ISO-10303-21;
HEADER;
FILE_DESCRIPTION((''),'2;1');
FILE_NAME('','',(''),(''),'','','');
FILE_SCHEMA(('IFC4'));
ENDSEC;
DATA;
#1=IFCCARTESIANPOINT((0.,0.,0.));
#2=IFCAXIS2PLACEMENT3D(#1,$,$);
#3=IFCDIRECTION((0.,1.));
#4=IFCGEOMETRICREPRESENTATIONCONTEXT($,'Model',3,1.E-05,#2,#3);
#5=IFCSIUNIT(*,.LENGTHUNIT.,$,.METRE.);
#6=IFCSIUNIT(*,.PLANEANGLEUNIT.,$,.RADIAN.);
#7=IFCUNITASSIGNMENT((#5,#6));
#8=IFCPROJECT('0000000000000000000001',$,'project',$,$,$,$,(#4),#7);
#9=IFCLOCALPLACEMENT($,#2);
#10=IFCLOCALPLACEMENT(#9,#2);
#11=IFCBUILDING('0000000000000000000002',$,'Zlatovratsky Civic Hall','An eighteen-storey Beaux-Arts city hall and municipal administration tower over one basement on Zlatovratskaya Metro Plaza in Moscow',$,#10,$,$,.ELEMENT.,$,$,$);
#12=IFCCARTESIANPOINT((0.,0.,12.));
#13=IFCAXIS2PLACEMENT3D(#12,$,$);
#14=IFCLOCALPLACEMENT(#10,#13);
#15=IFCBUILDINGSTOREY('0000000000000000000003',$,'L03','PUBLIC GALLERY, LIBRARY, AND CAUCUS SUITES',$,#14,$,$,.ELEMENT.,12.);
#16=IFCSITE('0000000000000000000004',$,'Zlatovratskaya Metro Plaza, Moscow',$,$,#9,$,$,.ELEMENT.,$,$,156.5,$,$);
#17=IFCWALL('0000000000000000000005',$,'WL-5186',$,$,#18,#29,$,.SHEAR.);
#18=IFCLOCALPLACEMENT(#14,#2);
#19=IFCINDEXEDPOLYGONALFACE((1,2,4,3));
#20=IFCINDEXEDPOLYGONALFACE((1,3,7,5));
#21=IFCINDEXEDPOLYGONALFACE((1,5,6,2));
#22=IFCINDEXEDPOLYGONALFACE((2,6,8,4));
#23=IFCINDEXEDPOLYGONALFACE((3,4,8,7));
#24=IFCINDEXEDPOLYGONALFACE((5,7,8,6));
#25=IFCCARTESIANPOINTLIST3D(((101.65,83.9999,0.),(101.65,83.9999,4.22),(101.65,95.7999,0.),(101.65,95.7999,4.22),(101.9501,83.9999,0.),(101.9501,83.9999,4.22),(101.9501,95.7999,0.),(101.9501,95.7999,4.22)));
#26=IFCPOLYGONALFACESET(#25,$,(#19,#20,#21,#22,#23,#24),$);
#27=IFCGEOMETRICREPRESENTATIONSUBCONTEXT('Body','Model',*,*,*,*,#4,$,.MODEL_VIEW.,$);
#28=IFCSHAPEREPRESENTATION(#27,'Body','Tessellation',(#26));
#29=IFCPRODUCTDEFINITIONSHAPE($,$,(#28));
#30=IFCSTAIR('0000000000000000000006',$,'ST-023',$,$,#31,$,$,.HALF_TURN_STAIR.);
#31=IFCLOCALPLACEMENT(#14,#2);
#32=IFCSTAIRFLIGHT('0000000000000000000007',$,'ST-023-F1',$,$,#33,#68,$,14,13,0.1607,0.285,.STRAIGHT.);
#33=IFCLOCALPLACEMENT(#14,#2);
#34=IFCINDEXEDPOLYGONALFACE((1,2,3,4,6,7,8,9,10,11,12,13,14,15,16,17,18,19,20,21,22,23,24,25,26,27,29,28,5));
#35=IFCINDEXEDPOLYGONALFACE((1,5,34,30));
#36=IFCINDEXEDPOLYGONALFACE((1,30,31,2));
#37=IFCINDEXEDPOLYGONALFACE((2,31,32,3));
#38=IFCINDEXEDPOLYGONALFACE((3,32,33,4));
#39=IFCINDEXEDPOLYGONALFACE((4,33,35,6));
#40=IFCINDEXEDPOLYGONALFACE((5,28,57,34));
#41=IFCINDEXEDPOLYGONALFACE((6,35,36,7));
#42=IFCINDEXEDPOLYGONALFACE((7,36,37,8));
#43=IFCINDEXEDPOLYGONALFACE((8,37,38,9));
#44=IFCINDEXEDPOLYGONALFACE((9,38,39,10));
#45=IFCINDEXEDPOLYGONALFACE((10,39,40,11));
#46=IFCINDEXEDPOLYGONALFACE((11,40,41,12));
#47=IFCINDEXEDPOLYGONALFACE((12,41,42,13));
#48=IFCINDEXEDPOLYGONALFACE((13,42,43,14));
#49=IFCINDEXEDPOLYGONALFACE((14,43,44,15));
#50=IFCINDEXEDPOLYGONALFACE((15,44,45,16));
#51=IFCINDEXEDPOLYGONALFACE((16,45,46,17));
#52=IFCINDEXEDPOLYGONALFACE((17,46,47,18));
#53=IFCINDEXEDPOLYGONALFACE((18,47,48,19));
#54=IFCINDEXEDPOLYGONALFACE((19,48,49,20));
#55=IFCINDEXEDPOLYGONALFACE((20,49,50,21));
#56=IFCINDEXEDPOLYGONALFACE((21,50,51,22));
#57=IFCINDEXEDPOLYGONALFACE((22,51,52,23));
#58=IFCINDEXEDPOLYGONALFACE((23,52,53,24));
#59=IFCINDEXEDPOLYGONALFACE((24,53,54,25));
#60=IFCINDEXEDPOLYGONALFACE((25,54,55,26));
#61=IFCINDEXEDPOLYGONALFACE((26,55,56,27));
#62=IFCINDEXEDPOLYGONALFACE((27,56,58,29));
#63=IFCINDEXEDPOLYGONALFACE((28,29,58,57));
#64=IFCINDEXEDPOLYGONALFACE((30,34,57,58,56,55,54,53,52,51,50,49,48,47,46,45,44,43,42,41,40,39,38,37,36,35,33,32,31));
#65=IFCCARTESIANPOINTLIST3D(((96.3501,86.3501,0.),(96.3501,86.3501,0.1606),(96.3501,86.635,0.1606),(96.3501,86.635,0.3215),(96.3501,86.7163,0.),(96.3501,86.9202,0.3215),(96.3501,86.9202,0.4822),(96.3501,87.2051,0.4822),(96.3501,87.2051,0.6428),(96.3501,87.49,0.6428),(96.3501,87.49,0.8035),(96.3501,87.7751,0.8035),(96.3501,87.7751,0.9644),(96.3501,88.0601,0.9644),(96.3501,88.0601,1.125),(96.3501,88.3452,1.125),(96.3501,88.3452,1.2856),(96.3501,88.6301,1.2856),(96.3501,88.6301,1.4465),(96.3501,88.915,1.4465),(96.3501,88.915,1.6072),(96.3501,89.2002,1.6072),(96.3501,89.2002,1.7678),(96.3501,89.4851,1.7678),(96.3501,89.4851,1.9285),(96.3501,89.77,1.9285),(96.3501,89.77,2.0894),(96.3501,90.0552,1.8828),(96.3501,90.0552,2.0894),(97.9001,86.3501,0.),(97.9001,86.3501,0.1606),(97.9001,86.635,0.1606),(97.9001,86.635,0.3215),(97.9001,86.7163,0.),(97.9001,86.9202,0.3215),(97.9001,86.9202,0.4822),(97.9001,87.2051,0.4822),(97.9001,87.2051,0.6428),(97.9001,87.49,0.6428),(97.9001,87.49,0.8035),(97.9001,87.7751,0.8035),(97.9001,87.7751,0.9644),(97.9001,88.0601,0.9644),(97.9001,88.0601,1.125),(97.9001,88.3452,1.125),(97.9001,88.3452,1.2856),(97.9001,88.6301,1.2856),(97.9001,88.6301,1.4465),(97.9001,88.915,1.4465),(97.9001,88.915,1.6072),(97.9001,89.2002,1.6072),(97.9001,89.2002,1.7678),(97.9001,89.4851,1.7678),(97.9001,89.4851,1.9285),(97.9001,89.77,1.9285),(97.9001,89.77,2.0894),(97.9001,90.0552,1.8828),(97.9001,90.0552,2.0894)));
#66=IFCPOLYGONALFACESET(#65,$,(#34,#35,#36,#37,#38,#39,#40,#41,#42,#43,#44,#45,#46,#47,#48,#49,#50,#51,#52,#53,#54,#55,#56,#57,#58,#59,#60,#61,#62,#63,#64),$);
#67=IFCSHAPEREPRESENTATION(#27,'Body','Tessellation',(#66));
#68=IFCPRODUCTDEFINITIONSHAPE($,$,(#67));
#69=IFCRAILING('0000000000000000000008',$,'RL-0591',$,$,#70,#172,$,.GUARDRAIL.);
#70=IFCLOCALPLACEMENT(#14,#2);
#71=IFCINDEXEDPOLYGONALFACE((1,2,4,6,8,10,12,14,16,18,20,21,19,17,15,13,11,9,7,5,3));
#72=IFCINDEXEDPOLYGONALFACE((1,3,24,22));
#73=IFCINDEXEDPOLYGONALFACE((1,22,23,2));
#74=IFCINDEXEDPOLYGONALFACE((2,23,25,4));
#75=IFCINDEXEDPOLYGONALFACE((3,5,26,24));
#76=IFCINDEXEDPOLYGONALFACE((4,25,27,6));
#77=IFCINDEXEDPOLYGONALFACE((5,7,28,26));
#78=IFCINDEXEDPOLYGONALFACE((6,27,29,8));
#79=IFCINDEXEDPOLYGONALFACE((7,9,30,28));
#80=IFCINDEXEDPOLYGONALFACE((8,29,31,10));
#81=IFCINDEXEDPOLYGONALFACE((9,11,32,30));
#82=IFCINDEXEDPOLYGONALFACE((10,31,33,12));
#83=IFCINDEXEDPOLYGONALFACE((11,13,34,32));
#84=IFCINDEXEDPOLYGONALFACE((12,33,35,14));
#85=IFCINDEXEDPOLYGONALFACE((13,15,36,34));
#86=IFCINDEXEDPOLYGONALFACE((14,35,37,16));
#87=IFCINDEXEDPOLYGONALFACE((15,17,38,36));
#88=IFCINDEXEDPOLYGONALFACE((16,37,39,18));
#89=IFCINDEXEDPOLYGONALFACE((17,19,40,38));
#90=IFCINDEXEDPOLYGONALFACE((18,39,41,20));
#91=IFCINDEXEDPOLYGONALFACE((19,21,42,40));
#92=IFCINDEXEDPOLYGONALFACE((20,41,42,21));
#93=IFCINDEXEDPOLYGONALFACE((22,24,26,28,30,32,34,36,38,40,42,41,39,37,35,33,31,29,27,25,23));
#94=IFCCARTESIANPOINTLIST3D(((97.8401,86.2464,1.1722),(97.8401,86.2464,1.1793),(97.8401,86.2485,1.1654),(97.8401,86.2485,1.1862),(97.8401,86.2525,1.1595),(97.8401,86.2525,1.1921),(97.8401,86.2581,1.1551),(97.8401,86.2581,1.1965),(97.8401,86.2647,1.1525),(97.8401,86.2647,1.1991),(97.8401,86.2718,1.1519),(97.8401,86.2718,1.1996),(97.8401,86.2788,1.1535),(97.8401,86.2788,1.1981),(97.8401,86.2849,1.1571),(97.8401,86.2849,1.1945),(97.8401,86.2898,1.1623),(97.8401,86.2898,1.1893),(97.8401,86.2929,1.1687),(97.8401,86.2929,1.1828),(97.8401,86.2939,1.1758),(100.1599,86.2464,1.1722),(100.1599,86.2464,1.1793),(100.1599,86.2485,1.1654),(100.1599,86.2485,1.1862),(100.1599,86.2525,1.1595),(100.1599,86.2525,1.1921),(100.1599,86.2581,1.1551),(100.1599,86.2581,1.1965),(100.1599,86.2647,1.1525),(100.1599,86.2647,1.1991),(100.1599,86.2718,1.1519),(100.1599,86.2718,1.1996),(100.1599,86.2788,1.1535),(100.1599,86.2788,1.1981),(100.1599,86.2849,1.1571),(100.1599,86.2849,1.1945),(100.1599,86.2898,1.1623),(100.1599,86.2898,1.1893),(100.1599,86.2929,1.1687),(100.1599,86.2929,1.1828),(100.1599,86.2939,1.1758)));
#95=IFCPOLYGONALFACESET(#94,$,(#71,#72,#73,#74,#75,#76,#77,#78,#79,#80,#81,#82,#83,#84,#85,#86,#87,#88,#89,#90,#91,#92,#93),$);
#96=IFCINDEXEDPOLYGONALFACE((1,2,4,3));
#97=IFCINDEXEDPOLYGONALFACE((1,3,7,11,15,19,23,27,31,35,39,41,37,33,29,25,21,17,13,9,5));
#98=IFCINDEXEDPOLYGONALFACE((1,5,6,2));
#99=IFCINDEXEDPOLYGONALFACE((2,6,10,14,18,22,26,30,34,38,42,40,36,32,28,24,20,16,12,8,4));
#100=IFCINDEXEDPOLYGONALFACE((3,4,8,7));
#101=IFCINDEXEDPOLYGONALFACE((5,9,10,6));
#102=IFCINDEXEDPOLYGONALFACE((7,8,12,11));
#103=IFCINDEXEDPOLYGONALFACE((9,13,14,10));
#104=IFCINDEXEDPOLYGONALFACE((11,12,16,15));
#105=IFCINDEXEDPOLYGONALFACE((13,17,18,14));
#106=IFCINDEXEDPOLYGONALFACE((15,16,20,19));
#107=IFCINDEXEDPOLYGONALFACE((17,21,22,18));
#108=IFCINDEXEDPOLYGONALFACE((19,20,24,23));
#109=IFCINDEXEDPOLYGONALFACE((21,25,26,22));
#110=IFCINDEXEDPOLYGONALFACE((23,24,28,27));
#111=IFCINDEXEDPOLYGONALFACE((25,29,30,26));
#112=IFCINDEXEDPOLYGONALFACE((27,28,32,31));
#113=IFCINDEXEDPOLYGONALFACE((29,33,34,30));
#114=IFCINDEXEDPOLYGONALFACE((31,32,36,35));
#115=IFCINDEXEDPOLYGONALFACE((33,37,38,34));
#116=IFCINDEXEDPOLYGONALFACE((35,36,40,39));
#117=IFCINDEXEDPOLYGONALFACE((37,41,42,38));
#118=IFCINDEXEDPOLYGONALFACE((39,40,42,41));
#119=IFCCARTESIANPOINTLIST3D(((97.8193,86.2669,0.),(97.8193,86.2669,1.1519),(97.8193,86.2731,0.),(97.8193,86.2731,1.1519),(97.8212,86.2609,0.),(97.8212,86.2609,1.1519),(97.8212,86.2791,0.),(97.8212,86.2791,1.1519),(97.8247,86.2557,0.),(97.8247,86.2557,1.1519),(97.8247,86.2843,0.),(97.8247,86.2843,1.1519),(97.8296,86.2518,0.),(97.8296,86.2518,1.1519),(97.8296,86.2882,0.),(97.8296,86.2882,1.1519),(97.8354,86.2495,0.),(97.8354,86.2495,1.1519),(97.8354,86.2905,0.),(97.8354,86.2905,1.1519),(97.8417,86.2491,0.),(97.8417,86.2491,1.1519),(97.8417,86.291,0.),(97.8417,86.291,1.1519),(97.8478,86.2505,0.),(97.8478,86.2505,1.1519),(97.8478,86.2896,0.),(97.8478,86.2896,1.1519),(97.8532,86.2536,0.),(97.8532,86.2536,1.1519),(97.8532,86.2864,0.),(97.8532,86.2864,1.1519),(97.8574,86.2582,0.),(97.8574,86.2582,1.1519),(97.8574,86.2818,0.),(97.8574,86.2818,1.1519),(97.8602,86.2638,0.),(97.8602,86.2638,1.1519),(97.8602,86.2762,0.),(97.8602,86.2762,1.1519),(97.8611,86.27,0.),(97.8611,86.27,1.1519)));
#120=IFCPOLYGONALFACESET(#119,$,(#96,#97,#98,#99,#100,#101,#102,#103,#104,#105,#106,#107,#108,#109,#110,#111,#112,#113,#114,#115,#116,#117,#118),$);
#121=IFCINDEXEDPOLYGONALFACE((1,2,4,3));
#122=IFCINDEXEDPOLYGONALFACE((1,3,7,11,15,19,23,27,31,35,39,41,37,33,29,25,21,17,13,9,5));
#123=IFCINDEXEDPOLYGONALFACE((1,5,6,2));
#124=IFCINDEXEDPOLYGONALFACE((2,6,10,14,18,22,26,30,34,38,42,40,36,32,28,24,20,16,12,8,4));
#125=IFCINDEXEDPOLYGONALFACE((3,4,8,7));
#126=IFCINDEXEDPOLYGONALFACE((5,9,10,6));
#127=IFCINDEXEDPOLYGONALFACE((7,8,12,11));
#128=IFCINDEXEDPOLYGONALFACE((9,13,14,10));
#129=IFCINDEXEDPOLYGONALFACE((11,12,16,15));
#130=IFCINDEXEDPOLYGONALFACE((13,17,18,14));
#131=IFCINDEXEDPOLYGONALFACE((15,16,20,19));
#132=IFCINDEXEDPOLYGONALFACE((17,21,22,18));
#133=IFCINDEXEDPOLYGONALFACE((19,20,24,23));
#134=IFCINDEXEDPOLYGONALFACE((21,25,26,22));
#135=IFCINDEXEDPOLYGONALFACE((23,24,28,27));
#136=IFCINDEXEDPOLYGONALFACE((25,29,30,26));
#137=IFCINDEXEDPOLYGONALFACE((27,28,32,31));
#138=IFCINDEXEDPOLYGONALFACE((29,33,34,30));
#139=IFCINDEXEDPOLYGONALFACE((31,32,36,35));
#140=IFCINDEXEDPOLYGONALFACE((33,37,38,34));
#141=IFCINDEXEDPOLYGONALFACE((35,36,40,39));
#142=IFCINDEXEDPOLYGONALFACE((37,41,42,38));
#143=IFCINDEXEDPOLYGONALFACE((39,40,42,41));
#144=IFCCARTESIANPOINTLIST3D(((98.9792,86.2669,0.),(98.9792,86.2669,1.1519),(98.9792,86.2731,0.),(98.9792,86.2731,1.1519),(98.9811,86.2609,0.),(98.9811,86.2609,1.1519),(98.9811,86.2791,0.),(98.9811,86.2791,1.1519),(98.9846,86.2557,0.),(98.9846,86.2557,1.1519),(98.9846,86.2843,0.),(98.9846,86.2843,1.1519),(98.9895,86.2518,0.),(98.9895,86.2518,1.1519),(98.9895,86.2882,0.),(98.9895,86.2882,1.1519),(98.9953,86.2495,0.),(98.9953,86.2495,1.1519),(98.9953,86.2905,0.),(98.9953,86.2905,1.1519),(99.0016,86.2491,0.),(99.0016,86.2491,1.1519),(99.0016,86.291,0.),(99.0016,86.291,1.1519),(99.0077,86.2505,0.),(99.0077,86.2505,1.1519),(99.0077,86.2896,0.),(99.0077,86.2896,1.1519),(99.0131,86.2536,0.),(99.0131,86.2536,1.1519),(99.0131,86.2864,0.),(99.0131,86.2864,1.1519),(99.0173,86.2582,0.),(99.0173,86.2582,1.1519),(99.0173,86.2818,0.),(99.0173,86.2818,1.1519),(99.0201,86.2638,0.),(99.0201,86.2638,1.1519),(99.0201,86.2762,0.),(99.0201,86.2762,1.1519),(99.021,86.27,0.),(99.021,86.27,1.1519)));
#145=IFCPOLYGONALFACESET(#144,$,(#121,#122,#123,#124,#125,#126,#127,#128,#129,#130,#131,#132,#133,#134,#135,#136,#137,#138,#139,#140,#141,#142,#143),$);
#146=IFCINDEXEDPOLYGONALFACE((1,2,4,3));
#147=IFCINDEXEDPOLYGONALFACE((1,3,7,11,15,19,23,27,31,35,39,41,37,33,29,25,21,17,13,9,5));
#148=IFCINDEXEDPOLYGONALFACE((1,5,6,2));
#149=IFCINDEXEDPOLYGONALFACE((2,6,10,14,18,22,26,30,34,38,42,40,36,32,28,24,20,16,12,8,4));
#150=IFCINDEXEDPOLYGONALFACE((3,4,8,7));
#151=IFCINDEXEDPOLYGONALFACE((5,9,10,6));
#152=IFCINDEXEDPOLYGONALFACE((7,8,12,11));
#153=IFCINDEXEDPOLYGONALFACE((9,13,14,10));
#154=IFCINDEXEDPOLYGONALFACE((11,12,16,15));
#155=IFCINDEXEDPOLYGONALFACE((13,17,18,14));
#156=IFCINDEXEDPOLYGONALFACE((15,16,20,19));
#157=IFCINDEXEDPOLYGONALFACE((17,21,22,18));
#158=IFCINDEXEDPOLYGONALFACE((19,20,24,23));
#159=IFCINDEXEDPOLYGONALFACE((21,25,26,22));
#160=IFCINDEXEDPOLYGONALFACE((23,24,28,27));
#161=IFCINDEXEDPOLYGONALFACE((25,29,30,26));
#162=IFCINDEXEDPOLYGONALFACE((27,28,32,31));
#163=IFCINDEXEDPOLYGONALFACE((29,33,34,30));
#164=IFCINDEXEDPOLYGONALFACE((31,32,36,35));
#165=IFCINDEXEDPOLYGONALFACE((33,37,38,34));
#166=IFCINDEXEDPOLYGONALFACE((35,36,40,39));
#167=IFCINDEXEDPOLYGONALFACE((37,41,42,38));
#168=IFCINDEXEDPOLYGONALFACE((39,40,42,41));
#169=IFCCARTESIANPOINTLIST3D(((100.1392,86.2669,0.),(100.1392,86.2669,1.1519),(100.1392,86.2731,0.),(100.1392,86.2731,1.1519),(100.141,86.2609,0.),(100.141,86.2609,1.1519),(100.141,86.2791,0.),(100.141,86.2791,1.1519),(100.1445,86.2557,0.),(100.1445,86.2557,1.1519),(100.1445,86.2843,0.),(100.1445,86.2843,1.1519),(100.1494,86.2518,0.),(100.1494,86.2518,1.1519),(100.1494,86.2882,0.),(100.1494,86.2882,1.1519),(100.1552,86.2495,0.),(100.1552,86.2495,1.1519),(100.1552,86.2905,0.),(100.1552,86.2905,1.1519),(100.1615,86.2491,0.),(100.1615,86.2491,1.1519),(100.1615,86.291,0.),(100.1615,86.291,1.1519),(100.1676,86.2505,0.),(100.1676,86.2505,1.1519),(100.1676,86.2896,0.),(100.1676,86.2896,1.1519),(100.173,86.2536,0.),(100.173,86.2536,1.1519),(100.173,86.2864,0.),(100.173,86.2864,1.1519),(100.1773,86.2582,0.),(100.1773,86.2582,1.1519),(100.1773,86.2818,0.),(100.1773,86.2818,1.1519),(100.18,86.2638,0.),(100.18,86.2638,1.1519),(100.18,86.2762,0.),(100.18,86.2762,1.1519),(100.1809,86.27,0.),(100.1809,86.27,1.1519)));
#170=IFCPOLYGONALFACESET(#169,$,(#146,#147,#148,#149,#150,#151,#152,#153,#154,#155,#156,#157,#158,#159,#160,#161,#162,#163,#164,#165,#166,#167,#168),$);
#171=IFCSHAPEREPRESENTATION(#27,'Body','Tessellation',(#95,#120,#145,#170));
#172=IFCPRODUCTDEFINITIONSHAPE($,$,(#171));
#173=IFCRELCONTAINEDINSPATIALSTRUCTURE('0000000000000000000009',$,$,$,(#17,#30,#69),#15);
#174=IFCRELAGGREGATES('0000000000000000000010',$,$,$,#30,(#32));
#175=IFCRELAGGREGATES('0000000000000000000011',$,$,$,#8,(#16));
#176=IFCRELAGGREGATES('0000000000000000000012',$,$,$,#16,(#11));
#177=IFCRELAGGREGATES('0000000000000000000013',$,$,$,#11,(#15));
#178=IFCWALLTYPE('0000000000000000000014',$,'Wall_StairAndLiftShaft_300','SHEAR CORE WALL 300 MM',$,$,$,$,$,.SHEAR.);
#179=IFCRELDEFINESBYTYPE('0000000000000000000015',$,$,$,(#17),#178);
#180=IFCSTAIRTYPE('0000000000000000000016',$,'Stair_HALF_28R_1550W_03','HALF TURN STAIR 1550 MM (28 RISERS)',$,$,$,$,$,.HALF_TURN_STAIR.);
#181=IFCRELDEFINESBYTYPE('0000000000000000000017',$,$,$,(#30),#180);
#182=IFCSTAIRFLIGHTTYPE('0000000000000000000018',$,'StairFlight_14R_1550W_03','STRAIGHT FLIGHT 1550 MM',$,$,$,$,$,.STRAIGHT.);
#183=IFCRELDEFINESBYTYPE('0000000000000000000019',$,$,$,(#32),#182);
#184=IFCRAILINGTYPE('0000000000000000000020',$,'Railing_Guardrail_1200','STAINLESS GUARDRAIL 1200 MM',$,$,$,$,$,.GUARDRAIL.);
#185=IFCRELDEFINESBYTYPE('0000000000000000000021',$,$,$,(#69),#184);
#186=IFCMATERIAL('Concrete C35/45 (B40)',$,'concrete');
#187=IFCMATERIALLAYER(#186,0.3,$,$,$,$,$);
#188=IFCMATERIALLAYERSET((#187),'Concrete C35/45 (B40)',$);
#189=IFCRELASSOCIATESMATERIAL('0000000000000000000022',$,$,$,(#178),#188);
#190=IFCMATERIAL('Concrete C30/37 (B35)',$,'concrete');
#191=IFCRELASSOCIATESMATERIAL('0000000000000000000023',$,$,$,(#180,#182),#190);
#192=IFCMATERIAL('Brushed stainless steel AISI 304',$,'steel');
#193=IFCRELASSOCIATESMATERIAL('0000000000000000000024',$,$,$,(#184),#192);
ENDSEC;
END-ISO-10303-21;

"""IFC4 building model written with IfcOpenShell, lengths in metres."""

from ifc_helpers import new_model, si_unit, direction, frame, frame_2d, origin, origin_2d, place, context, subcontext, project, spatial, polyline, rectangle, circle, outline, extrude, material, layer, layer_set, type_object, element, aggregate, save


model = new_model("IFC4")

# Units and contexts
model_context = context("Model", 3, precision=1e-05, world=origin(), true_north=direction((0.0, 1.0)))
body_context = subcontext(model_context, "Body", "Model", "MODEL_VIEW")
ifc_project = project(units=[si_unit("LENGTHUNIT", "METRE"), si_unit("PLANEANGLEUNIT", "RADIAN")], contexts=[model_context])

# Site, building, storey
site_placement = place(None, origin())
site = spatial("IfcSite", under=ifc_project, at=site_placement, Name="Zlatovratskaya Metro Plaza, Moscow", CompositionType="ELEMENT", RefElevation=156.5)
building_placement = place(site_placement, origin())
building = spatial("IfcBuilding", under=site, at=building_placement, Name="Zlatovratsky Civic Hall", Description="An eighteen-storey Beaux-Arts city hall and municipal administration tower over one basement on Zlatovratskaya Metro Plaza in Moscow", CompositionType="ELEMENT")
storey_placement = place(building_placement, frame((0.0, 0.0, 12.0)))
storey = spatial("IfcBuildingStorey", under=building, at=storey_placement, Name="L03", Description="PUBLIC GALLERY, LIBRARY, AND CAUCUS SUITES", CompositionType="ELEMENT", Elevation=12.0)

# Shared definitions
ifc_material_1 = material(Name="Concrete C35/45 (B40)", Category="concrete")

# Shared definitions
ifc_layer_1 = layer(ifc_material_1, 0.3)
ifc_layer_set_1 = layer_set([ifc_layer_1], Name="Concrete C35/45 (B40)")
wall_type_1 = type_object("IfcWallType", Name="Wall_StairAndLiftShaft_300", Description="SHEAR CORE WALL 300 MM", PredefinedType="SHEAR", material=ifc_layer_set_1)

# Wall
for number, where, z_axis, x_axis, name in (
    (1, (101.8, 84.0, 0.0), (0.0, 0.0, 1.0), (0.0, 1.0, 0.0), "WL-5186"),
):
    element("IfcWall", number, at=place(storey_placement, frame(where, z_axis=z_axis, x_axis=x_axis)), inside=storey, type_object=wall_type_1, Name=name, PredefinedType="SHEAR", context=body_context, shape_type="SweptSolid", body=[
        extrude(rectangle(XDim=11.8, YDim=0.3, at=frame_2d((5.8999, 0.0))), origin(), (0.0, 0.0, 1.0), 4.22),
    ])

# Stair, stair flight
ifc_material_2 = material(Name="Concrete C30/37 (B35)", Category="concrete")
stair_type = type_object("IfcStairType", Name="Stair_HALF_28R_1550W_03", Description="HALF TURN STAIR 1550 MM (28 RISERS)", PredefinedType="HALF_TURN_STAIR", material=ifc_material_2)
stair_placement = place(storey_placement, origin())
stair = element("IfcStair", 2, at=stair_placement, inside=storey, type_object=stair_type, Name="ST-023", PredefinedType="HALF_TURN_STAIR")
stair_flight_type = type_object("IfcStairFlightType", Name="StairFlight_14R_1550W_03", Description="STRAIGHT FLIGHT 1550 MM", PredefinedType="STRAIGHT", material=ifc_material_2)
stair_flight_placement = place(storey_placement, frame((97.125, 86.3501, 0.0), z_axis=(0.0, 0.0, 1.0), x_axis=(0.0, 1.0, 0.0)))
stair_flight = element("IfcStairFlight", 3, at=stair_flight_placement, type_object=stair_flight_type, Name="ST-023-F1", NumberOfRisers=14, NumberOfTreads=13, PredefinedType="STRAIGHT", RiserHeight=0.1607, TreadLength=0.285, context=body_context, shape_type="SweptSolid", body=[
    extrude(outline(polyline([(0.0, 0.0), (0.0, 0.1606), (0.2849, 0.1606), (0.2849, 0.3215), (0.5701, 0.3215), (0.5701, 0.4822), (0.855, 0.4822), (0.855, 0.6428), (1.1399, 0.6428), (1.1399, 0.8035), (1.425, 0.8035), (1.425, 0.9644), (1.71, 0.9644), (1.71, 1.125), (1.9951, 1.125), (1.9951, 1.2856), (2.28, 1.2856), (2.28, 1.4465), (2.5649, 1.4465), (2.5649, 1.6072), (2.8501, 1.6072), (2.8501, 1.7678), (3.135, 1.7678), (3.135, 1.9285), (3.4199, 1.9285), (3.4199, 2.0894), (3.7051, 2.0894), (3.7051, 2.25), (3.7051, 1.8828), (0.3662, 0.0), (0.0, 0.0)])), frame((0.0, 0.7749, 0.0), z_axis=(0.0, -1.0, 0.0), x_axis=(1.0, 0.0, 0.0)), (0.0, 0.0, 1.0), 1.55),
])
aggregate(stair, [stair_flight])

# Railing
ifc_material_3 = material(Name="Brushed stainless steel AISI 304", Category="steel")
railing_type_1 = type_object("IfcRailingType", Name="Railing_Guardrail_1200", Description="STAINLESS GUARDRAIL 1200 MM", PredefinedType="GUARDRAIL", material=ifc_material_3)
railing_1_placement = place(storey_placement, frame((97.8401, 86.27, 0.0)))
element("IfcRailing", 4, at=railing_1_placement, inside=storey, type_object=railing_type_1, Name="RL-0591", PredefinedType="GUARDRAIL", context=body_context, shape_type="SweptSolid", body=[
    extrude(circle(Radius=0.0239, at=origin_2d()), frame((0.0, 0.0, 1.1758), z_axis=(1.0, 0.0, 0.0), x_axis=(0.0, 1.0, 0.0)), (0.0, 0.0, 1.0), 2.3198),
    extrude(circle(Radius=0.021, at=origin_2d()), origin(), (0.0, 0.0, 1.0), 1.1519),
    extrude(circle(Radius=0.021, at=origin_2d()), frame((1.1599, 0.0, 0.0)), (0.0, 0.0, 1.0), 1.1519),
    extrude(circle(Radius=0.021, at=origin_2d()), frame((2.3198, 0.0, 0.0)), (0.0, 0.0, 1.0), 1.1519),
])

save(model, "model.ifc")
